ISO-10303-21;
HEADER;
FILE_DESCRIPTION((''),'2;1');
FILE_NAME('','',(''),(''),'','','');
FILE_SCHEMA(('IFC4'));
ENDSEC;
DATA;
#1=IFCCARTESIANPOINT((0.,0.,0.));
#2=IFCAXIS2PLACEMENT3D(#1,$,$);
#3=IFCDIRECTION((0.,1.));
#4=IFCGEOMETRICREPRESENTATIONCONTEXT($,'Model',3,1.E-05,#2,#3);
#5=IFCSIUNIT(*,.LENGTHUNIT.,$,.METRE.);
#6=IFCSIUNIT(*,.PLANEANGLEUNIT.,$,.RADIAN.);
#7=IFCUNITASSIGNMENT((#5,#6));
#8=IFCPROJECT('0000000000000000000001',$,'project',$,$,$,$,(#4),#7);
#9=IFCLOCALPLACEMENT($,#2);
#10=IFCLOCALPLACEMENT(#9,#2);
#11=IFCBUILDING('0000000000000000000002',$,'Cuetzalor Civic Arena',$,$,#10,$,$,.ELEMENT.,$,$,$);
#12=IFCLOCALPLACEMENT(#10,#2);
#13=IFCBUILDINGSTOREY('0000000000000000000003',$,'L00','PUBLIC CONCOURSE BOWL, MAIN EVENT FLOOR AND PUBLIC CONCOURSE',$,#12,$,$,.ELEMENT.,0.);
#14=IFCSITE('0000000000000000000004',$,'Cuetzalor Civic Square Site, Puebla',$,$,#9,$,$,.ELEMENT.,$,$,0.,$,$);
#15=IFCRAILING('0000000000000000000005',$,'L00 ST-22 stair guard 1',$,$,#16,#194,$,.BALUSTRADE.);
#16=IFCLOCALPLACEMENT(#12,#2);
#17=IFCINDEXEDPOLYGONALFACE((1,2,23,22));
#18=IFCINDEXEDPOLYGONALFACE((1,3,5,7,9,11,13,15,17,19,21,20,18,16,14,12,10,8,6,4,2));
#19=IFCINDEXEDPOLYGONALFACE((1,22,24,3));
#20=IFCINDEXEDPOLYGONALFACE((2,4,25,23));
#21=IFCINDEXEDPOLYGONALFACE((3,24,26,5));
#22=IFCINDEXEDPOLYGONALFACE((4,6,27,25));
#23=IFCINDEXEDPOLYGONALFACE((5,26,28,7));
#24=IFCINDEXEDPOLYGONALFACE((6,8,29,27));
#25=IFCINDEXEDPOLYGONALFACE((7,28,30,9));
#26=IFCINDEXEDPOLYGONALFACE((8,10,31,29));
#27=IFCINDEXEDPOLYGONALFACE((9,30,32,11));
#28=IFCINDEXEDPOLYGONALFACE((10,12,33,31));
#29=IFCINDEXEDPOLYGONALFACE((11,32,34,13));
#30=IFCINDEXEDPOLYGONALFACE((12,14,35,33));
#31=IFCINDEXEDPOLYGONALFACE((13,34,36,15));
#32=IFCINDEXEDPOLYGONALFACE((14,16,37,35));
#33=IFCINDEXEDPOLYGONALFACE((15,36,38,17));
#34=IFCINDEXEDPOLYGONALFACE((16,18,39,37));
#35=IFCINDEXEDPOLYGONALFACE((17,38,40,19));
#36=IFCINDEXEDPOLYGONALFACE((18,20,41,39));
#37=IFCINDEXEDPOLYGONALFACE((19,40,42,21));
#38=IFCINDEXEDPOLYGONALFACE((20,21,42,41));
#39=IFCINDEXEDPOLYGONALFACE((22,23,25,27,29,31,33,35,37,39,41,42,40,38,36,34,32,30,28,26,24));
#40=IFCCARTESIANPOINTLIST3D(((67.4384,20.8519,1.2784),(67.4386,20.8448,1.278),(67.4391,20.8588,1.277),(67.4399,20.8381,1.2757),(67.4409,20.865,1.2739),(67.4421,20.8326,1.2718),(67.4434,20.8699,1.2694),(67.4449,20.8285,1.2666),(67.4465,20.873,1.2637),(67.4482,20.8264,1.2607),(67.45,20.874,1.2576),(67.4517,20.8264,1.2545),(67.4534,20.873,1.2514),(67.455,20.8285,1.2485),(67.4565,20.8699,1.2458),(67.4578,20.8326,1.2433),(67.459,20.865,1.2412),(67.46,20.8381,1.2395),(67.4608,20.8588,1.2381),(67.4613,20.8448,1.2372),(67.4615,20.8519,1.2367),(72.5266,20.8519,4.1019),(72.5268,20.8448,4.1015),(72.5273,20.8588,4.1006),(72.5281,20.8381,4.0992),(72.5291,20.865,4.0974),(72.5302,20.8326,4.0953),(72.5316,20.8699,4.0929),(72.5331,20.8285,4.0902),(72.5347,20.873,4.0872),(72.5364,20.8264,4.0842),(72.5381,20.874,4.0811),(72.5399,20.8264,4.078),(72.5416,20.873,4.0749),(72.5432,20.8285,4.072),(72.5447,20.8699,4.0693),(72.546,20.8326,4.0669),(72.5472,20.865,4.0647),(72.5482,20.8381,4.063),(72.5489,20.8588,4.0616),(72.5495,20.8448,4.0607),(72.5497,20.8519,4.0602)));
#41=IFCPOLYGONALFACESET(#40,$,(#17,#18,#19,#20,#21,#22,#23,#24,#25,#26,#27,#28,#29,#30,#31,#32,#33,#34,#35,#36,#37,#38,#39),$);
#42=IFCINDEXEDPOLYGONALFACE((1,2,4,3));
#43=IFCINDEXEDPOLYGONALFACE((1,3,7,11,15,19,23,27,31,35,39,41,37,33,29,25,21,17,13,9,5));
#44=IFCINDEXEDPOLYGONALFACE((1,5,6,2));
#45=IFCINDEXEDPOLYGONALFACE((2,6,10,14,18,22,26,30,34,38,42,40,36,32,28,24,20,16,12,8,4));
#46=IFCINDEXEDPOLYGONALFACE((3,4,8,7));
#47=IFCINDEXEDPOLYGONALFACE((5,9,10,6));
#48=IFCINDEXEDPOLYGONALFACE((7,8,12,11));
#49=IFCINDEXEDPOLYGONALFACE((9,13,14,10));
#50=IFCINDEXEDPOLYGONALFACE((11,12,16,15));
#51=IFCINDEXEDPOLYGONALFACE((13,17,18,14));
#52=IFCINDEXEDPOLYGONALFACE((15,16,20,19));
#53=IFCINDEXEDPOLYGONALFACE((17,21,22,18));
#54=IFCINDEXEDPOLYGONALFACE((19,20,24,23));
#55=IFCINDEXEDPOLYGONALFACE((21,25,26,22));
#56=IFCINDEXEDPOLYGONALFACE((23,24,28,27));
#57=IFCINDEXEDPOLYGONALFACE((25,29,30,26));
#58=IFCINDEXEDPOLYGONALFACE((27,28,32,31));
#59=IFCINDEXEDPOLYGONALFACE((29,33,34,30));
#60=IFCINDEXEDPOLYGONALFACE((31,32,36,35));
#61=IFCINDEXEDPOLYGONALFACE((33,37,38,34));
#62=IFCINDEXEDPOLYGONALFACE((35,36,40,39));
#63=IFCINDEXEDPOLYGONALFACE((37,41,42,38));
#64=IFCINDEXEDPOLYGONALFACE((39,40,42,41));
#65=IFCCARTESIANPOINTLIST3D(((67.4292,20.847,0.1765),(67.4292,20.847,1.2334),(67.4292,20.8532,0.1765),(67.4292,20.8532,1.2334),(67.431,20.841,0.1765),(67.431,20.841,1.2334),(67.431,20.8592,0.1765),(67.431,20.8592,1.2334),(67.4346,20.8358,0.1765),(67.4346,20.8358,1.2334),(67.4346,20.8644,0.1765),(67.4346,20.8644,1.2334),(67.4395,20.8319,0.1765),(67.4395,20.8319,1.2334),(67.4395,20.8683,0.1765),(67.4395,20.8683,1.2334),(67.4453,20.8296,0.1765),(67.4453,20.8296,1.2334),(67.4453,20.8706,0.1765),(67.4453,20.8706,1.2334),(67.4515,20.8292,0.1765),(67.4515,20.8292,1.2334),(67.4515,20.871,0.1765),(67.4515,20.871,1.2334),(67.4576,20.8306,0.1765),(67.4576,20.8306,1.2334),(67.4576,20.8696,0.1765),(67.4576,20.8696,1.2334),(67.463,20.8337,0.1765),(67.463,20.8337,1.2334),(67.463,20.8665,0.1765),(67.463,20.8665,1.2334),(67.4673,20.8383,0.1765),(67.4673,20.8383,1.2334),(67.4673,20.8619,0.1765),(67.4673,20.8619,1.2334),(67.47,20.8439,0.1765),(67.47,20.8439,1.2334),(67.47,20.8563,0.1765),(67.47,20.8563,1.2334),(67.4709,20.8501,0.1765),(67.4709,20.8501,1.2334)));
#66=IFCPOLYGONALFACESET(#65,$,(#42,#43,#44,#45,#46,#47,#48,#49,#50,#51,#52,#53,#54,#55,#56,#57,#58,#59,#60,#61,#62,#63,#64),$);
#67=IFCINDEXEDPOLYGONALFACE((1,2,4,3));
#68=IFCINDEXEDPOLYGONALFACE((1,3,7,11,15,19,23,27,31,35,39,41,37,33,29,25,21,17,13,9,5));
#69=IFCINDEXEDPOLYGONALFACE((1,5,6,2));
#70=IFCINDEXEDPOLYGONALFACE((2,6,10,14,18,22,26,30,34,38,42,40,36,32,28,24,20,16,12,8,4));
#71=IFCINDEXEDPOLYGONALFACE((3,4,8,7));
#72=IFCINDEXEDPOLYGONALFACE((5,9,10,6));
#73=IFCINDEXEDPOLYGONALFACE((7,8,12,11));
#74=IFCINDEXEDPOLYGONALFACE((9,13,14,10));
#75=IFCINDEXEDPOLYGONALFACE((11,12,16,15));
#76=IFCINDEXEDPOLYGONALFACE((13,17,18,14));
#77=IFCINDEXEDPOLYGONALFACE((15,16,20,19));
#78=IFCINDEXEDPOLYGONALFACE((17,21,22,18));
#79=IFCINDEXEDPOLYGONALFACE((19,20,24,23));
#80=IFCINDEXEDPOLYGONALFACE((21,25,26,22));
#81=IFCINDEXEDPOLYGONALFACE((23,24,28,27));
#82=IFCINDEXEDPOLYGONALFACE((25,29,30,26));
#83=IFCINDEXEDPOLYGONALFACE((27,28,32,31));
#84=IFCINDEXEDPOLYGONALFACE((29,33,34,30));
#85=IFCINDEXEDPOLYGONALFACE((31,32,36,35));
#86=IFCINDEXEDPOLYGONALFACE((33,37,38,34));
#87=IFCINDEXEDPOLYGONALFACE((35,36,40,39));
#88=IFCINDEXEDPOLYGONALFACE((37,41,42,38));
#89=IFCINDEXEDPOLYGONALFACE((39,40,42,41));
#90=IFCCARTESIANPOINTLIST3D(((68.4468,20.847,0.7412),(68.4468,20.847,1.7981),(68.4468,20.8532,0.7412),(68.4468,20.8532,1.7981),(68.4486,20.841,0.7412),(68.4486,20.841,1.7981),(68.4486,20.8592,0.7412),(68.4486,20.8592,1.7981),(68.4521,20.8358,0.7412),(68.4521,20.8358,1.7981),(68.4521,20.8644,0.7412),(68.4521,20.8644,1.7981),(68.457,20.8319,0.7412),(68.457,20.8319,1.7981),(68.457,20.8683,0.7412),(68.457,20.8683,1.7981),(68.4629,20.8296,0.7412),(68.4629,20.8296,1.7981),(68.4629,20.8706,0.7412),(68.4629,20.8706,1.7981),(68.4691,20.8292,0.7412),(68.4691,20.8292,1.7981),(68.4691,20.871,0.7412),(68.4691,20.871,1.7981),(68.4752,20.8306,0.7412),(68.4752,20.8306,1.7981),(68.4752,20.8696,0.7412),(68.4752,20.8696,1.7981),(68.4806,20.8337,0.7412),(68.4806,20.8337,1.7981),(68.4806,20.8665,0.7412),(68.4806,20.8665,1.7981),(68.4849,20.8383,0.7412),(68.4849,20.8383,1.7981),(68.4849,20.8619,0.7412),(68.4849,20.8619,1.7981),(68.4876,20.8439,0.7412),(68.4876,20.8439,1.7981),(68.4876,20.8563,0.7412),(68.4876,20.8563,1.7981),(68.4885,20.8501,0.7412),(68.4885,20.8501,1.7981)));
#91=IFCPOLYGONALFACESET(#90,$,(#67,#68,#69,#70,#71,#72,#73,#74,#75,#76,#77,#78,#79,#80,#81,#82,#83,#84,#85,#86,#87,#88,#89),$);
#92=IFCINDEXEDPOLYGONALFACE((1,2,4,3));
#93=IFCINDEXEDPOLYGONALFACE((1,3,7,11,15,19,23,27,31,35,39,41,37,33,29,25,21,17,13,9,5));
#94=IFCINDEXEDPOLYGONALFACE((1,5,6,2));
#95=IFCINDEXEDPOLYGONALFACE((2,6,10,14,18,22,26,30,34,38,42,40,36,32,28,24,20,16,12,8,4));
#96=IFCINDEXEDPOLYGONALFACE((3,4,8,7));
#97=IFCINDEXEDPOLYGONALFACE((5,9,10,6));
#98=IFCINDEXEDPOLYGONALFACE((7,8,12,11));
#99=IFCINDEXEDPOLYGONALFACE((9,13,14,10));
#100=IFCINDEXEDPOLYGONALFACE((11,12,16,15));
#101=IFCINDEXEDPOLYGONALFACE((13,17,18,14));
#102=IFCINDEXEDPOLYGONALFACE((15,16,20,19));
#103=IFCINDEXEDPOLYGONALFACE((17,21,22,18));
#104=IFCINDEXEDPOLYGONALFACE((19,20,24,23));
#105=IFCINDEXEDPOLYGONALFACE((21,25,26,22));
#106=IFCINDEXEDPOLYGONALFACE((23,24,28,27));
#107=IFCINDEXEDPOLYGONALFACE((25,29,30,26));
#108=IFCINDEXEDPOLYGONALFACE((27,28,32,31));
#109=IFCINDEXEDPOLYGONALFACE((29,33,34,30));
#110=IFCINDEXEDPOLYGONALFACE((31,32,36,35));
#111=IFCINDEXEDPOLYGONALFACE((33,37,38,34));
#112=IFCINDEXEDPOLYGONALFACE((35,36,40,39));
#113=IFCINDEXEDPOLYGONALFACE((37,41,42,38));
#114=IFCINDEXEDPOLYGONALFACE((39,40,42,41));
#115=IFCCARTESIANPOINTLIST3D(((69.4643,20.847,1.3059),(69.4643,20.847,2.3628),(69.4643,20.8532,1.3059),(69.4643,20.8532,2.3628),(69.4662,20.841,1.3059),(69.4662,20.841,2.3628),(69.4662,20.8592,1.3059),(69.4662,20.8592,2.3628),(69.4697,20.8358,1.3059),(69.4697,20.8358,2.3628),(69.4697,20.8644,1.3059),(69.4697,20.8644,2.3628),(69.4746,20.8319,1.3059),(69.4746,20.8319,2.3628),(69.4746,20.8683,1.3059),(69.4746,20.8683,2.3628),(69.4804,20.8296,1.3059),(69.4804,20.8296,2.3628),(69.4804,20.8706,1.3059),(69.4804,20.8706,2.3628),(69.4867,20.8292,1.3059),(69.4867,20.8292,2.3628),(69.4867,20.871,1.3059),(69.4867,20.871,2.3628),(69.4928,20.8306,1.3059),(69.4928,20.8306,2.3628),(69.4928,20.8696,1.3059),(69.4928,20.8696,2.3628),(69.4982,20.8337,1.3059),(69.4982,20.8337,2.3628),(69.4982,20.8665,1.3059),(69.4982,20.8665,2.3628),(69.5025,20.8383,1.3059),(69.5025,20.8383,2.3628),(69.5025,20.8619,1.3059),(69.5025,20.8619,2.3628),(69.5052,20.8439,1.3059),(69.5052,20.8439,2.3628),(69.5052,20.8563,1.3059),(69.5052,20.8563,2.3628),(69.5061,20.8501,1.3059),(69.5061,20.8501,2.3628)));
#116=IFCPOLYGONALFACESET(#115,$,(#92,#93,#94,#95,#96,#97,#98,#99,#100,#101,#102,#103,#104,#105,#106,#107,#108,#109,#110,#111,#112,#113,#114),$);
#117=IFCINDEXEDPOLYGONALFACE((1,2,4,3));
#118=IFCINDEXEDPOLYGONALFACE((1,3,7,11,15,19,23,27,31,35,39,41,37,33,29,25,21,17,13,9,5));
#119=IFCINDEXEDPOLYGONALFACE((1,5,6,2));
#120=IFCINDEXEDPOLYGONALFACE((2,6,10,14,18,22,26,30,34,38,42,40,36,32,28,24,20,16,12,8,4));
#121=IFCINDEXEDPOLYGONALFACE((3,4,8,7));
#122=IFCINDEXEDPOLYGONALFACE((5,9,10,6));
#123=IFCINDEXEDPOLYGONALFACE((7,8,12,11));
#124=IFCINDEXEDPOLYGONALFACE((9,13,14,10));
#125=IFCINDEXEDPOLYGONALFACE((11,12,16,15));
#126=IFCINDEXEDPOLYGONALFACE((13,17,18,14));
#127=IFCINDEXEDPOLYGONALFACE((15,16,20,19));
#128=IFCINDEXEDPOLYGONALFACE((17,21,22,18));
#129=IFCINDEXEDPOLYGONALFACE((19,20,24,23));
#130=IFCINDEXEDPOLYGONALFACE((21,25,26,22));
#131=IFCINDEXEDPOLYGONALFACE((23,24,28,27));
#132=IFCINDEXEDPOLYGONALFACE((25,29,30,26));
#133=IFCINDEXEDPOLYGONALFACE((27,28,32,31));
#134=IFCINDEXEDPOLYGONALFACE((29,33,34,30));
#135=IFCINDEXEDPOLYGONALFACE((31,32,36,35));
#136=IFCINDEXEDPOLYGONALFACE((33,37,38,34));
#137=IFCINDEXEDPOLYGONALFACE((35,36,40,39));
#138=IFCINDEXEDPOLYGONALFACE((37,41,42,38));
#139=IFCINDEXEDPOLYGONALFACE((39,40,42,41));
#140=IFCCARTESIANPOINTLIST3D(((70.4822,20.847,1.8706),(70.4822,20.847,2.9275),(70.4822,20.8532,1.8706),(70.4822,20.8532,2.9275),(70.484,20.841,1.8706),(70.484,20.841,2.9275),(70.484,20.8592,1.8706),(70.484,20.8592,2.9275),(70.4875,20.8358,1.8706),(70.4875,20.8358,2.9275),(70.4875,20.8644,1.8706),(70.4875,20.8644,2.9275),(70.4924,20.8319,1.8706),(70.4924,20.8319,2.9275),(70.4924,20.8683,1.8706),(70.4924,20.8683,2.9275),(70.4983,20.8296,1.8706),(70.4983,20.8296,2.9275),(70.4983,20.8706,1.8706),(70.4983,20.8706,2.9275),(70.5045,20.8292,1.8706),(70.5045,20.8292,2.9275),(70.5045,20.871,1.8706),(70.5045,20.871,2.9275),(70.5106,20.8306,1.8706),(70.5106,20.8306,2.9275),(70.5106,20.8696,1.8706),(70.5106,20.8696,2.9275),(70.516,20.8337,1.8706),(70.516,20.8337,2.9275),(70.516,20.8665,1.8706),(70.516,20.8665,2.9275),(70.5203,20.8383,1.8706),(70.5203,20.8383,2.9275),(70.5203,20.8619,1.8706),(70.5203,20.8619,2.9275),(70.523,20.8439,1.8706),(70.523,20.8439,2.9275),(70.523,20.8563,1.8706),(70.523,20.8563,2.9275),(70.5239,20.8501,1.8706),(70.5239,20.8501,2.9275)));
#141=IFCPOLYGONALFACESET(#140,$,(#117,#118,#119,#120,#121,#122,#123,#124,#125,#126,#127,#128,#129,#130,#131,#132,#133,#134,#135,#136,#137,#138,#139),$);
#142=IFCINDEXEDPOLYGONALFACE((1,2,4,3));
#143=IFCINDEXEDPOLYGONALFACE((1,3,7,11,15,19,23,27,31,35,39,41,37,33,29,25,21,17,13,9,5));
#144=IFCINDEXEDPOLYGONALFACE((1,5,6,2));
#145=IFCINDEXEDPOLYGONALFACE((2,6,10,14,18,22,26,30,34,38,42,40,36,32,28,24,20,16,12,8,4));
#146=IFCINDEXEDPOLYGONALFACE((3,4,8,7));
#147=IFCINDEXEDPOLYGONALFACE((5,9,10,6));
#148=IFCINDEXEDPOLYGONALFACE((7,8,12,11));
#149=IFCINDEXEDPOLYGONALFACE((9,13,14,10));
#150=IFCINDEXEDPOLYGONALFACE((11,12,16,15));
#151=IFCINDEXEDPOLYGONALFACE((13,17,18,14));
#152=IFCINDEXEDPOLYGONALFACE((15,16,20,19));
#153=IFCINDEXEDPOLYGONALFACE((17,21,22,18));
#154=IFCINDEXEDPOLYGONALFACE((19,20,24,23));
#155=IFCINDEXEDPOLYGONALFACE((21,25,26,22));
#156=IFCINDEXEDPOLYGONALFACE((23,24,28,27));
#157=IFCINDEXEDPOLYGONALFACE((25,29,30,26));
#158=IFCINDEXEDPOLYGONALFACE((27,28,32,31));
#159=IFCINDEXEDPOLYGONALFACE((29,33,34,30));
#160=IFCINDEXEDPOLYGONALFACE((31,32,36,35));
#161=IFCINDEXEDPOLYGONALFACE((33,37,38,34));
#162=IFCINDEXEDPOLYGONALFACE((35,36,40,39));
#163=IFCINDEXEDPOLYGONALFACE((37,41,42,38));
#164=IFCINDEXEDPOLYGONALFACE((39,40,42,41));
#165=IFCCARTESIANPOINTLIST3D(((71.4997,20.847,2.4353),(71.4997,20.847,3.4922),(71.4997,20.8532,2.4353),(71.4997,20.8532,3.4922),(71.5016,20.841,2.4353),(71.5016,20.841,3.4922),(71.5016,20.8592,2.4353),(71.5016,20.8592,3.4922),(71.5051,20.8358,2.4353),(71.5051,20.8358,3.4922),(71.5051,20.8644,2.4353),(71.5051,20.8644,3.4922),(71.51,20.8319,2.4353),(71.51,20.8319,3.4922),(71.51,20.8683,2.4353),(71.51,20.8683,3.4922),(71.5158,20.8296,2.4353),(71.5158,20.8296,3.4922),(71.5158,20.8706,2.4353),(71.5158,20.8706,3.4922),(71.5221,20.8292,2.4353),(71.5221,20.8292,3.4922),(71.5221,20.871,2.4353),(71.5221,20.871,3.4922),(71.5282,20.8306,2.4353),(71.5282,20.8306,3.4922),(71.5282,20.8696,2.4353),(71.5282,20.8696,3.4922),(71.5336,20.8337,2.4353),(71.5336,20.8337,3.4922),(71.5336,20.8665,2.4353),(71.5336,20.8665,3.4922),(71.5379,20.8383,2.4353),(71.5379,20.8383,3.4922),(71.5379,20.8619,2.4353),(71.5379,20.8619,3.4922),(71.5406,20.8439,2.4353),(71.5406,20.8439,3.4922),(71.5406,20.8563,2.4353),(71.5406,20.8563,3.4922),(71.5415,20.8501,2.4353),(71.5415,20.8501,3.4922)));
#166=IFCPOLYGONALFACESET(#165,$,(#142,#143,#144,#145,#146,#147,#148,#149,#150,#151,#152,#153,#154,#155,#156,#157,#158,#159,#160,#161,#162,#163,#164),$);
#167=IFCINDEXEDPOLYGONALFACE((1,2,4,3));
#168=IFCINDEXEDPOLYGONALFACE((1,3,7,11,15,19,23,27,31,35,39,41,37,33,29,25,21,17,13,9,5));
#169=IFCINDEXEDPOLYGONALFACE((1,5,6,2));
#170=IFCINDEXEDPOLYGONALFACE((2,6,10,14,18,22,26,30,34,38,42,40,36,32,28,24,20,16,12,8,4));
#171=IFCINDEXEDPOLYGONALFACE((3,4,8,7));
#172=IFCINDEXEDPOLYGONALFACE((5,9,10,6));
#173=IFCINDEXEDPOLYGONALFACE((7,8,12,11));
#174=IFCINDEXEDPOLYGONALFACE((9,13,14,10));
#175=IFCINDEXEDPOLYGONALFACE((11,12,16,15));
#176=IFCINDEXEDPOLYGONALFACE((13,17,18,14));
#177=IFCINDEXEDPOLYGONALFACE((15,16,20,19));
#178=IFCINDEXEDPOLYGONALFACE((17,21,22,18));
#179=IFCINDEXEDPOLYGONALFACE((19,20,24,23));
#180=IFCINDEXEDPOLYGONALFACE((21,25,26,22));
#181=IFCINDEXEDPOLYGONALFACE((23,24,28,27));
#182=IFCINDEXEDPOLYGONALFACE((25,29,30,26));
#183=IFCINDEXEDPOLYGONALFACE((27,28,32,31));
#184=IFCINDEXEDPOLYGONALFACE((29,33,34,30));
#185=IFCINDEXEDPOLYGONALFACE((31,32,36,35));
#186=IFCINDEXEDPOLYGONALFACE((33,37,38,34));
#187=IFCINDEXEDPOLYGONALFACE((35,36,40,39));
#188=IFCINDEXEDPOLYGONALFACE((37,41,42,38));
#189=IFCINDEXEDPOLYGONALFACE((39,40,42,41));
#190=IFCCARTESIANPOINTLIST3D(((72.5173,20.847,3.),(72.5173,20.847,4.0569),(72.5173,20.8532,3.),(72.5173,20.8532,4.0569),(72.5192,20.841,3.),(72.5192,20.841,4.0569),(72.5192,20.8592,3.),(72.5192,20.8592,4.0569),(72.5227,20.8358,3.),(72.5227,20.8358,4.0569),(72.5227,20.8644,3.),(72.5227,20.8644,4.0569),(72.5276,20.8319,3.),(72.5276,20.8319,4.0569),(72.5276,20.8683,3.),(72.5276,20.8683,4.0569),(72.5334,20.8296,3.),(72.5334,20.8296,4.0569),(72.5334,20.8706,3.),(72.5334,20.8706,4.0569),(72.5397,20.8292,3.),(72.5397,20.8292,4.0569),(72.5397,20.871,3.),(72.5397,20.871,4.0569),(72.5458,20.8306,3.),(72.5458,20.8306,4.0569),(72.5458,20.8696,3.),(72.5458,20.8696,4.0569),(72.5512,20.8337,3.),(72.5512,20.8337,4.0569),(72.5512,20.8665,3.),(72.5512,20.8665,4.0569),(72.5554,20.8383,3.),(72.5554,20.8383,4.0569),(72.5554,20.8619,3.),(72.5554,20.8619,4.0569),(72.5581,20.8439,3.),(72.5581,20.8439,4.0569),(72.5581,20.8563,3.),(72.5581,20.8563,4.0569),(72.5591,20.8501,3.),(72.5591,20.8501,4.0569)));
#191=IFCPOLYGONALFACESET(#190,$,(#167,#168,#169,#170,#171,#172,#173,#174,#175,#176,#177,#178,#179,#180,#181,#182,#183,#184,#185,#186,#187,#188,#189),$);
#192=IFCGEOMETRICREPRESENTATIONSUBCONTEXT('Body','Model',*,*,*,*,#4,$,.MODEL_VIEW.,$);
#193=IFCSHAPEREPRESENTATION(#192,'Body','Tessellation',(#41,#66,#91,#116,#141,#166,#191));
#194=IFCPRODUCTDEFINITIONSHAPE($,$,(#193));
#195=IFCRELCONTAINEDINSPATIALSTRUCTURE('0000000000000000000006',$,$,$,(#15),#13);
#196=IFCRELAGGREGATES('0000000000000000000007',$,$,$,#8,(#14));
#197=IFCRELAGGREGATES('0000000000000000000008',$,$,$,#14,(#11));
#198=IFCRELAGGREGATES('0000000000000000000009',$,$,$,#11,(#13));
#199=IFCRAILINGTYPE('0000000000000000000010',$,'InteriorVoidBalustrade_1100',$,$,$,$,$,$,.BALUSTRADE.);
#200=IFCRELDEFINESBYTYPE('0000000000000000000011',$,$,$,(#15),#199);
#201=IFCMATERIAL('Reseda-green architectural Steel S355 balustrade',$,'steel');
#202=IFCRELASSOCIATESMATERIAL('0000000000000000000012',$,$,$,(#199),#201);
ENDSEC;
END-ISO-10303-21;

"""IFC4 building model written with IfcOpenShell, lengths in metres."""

from ifc_helpers import new_model, si_unit, direction, frame, origin, origin_2d, place, context, subcontext, project, spatial, circle, extrude, material, type_object, element, save


model = new_model("IFC4")

# Units and contexts
model_context = context("Model", 3, precision=1e-05, world=origin(), true_north=direction((0.0, 1.0)))
body_context = subcontext(model_context, "Body", "Model", "MODEL_VIEW")
ifc_project = project(units=[si_unit("LENGTHUNIT", "METRE"), si_unit("PLANEANGLEUNIT", "RADIAN")], contexts=[model_context])

# Site, building, storey
site_placement = place(None, origin())
site = spatial("IfcSite", under=ifc_project, at=site_placement, Name="Cuetzalor Civic Square Site, Puebla", CompositionType="ELEMENT", RefElevation=0.0)
building_placement = place(site_placement, origin())
building = spatial("IfcBuilding", under=site, at=building_placement, Name="Cuetzalor Civic Arena", CompositionType="ELEMENT")
storey_placement = place(building_placement, origin())
storey = spatial("IfcBuildingStorey", under=building, at=storey_placement, Name="L00", Description="PUBLIC CONCOURSE BOWL, MAIN EVENT FLOOR AND PUBLIC CONCOURSE", CompositionType="ELEMENT", Elevation=0.0)

# Railing
ifc_material_1 = material(Name="Reseda-green architectural Steel S355 balustrade", Category="steel")
railing_type_1 = type_object("IfcRailingType", Name="InteriorVoidBalustrade_1100", PredefinedType="BALUSTRADE", material=ifc_material_1)
railing_1_placement = place(storey_placement, frame((67.45, 20.8501, 0.1765)))
element("IfcRailing", 1, at=railing_1_placement, inside=storey, type_object=railing_type_1, Name="L00 ST-22 stair guard 1", PredefinedType="BALUSTRADE", context=body_context, shape_type="SweptSolid", body=[
    extrude(circle(Radius=0.0239, at=origin_2d()), frame((0.0, 0.0, 1.0811), z_axis=(0.874395, 0.0, 0.485215), x_axis=(0.0, 1.0, 0.0)), (0.0, 0.0, 1.0), 5.8191),
    extrude(circle(Radius=0.021, at=origin_2d()), origin(), (0.0, 0.0, 1.0), 1.0569),
    extrude(circle(Radius=0.021, at=origin_2d()), frame((1.0176, 0.0, 0.5647)), (0.0, 0.0, 1.0), 1.0569),
    extrude(circle(Radius=0.021, at=origin_2d()), frame((2.0352, 0.0, 1.1294)), (0.0, 0.0, 1.0), 1.0569),
    extrude(circle(Radius=0.021, at=origin_2d()), frame((3.053, 0.0, 1.6941)), (0.0, 0.0, 1.0), 1.0569),
    extrude(circle(Radius=0.021, at=origin_2d()), frame((4.0706, 0.0, 2.2588)), (0.0, 0.0, 1.0), 1.0569),
    extrude(circle(Radius=0.021, at=origin_2d()), frame((5.0881, 0.0, 2.8235)), (0.0, 0.0, 1.0), 1.0569),
])

save(model, "model.ifc")
